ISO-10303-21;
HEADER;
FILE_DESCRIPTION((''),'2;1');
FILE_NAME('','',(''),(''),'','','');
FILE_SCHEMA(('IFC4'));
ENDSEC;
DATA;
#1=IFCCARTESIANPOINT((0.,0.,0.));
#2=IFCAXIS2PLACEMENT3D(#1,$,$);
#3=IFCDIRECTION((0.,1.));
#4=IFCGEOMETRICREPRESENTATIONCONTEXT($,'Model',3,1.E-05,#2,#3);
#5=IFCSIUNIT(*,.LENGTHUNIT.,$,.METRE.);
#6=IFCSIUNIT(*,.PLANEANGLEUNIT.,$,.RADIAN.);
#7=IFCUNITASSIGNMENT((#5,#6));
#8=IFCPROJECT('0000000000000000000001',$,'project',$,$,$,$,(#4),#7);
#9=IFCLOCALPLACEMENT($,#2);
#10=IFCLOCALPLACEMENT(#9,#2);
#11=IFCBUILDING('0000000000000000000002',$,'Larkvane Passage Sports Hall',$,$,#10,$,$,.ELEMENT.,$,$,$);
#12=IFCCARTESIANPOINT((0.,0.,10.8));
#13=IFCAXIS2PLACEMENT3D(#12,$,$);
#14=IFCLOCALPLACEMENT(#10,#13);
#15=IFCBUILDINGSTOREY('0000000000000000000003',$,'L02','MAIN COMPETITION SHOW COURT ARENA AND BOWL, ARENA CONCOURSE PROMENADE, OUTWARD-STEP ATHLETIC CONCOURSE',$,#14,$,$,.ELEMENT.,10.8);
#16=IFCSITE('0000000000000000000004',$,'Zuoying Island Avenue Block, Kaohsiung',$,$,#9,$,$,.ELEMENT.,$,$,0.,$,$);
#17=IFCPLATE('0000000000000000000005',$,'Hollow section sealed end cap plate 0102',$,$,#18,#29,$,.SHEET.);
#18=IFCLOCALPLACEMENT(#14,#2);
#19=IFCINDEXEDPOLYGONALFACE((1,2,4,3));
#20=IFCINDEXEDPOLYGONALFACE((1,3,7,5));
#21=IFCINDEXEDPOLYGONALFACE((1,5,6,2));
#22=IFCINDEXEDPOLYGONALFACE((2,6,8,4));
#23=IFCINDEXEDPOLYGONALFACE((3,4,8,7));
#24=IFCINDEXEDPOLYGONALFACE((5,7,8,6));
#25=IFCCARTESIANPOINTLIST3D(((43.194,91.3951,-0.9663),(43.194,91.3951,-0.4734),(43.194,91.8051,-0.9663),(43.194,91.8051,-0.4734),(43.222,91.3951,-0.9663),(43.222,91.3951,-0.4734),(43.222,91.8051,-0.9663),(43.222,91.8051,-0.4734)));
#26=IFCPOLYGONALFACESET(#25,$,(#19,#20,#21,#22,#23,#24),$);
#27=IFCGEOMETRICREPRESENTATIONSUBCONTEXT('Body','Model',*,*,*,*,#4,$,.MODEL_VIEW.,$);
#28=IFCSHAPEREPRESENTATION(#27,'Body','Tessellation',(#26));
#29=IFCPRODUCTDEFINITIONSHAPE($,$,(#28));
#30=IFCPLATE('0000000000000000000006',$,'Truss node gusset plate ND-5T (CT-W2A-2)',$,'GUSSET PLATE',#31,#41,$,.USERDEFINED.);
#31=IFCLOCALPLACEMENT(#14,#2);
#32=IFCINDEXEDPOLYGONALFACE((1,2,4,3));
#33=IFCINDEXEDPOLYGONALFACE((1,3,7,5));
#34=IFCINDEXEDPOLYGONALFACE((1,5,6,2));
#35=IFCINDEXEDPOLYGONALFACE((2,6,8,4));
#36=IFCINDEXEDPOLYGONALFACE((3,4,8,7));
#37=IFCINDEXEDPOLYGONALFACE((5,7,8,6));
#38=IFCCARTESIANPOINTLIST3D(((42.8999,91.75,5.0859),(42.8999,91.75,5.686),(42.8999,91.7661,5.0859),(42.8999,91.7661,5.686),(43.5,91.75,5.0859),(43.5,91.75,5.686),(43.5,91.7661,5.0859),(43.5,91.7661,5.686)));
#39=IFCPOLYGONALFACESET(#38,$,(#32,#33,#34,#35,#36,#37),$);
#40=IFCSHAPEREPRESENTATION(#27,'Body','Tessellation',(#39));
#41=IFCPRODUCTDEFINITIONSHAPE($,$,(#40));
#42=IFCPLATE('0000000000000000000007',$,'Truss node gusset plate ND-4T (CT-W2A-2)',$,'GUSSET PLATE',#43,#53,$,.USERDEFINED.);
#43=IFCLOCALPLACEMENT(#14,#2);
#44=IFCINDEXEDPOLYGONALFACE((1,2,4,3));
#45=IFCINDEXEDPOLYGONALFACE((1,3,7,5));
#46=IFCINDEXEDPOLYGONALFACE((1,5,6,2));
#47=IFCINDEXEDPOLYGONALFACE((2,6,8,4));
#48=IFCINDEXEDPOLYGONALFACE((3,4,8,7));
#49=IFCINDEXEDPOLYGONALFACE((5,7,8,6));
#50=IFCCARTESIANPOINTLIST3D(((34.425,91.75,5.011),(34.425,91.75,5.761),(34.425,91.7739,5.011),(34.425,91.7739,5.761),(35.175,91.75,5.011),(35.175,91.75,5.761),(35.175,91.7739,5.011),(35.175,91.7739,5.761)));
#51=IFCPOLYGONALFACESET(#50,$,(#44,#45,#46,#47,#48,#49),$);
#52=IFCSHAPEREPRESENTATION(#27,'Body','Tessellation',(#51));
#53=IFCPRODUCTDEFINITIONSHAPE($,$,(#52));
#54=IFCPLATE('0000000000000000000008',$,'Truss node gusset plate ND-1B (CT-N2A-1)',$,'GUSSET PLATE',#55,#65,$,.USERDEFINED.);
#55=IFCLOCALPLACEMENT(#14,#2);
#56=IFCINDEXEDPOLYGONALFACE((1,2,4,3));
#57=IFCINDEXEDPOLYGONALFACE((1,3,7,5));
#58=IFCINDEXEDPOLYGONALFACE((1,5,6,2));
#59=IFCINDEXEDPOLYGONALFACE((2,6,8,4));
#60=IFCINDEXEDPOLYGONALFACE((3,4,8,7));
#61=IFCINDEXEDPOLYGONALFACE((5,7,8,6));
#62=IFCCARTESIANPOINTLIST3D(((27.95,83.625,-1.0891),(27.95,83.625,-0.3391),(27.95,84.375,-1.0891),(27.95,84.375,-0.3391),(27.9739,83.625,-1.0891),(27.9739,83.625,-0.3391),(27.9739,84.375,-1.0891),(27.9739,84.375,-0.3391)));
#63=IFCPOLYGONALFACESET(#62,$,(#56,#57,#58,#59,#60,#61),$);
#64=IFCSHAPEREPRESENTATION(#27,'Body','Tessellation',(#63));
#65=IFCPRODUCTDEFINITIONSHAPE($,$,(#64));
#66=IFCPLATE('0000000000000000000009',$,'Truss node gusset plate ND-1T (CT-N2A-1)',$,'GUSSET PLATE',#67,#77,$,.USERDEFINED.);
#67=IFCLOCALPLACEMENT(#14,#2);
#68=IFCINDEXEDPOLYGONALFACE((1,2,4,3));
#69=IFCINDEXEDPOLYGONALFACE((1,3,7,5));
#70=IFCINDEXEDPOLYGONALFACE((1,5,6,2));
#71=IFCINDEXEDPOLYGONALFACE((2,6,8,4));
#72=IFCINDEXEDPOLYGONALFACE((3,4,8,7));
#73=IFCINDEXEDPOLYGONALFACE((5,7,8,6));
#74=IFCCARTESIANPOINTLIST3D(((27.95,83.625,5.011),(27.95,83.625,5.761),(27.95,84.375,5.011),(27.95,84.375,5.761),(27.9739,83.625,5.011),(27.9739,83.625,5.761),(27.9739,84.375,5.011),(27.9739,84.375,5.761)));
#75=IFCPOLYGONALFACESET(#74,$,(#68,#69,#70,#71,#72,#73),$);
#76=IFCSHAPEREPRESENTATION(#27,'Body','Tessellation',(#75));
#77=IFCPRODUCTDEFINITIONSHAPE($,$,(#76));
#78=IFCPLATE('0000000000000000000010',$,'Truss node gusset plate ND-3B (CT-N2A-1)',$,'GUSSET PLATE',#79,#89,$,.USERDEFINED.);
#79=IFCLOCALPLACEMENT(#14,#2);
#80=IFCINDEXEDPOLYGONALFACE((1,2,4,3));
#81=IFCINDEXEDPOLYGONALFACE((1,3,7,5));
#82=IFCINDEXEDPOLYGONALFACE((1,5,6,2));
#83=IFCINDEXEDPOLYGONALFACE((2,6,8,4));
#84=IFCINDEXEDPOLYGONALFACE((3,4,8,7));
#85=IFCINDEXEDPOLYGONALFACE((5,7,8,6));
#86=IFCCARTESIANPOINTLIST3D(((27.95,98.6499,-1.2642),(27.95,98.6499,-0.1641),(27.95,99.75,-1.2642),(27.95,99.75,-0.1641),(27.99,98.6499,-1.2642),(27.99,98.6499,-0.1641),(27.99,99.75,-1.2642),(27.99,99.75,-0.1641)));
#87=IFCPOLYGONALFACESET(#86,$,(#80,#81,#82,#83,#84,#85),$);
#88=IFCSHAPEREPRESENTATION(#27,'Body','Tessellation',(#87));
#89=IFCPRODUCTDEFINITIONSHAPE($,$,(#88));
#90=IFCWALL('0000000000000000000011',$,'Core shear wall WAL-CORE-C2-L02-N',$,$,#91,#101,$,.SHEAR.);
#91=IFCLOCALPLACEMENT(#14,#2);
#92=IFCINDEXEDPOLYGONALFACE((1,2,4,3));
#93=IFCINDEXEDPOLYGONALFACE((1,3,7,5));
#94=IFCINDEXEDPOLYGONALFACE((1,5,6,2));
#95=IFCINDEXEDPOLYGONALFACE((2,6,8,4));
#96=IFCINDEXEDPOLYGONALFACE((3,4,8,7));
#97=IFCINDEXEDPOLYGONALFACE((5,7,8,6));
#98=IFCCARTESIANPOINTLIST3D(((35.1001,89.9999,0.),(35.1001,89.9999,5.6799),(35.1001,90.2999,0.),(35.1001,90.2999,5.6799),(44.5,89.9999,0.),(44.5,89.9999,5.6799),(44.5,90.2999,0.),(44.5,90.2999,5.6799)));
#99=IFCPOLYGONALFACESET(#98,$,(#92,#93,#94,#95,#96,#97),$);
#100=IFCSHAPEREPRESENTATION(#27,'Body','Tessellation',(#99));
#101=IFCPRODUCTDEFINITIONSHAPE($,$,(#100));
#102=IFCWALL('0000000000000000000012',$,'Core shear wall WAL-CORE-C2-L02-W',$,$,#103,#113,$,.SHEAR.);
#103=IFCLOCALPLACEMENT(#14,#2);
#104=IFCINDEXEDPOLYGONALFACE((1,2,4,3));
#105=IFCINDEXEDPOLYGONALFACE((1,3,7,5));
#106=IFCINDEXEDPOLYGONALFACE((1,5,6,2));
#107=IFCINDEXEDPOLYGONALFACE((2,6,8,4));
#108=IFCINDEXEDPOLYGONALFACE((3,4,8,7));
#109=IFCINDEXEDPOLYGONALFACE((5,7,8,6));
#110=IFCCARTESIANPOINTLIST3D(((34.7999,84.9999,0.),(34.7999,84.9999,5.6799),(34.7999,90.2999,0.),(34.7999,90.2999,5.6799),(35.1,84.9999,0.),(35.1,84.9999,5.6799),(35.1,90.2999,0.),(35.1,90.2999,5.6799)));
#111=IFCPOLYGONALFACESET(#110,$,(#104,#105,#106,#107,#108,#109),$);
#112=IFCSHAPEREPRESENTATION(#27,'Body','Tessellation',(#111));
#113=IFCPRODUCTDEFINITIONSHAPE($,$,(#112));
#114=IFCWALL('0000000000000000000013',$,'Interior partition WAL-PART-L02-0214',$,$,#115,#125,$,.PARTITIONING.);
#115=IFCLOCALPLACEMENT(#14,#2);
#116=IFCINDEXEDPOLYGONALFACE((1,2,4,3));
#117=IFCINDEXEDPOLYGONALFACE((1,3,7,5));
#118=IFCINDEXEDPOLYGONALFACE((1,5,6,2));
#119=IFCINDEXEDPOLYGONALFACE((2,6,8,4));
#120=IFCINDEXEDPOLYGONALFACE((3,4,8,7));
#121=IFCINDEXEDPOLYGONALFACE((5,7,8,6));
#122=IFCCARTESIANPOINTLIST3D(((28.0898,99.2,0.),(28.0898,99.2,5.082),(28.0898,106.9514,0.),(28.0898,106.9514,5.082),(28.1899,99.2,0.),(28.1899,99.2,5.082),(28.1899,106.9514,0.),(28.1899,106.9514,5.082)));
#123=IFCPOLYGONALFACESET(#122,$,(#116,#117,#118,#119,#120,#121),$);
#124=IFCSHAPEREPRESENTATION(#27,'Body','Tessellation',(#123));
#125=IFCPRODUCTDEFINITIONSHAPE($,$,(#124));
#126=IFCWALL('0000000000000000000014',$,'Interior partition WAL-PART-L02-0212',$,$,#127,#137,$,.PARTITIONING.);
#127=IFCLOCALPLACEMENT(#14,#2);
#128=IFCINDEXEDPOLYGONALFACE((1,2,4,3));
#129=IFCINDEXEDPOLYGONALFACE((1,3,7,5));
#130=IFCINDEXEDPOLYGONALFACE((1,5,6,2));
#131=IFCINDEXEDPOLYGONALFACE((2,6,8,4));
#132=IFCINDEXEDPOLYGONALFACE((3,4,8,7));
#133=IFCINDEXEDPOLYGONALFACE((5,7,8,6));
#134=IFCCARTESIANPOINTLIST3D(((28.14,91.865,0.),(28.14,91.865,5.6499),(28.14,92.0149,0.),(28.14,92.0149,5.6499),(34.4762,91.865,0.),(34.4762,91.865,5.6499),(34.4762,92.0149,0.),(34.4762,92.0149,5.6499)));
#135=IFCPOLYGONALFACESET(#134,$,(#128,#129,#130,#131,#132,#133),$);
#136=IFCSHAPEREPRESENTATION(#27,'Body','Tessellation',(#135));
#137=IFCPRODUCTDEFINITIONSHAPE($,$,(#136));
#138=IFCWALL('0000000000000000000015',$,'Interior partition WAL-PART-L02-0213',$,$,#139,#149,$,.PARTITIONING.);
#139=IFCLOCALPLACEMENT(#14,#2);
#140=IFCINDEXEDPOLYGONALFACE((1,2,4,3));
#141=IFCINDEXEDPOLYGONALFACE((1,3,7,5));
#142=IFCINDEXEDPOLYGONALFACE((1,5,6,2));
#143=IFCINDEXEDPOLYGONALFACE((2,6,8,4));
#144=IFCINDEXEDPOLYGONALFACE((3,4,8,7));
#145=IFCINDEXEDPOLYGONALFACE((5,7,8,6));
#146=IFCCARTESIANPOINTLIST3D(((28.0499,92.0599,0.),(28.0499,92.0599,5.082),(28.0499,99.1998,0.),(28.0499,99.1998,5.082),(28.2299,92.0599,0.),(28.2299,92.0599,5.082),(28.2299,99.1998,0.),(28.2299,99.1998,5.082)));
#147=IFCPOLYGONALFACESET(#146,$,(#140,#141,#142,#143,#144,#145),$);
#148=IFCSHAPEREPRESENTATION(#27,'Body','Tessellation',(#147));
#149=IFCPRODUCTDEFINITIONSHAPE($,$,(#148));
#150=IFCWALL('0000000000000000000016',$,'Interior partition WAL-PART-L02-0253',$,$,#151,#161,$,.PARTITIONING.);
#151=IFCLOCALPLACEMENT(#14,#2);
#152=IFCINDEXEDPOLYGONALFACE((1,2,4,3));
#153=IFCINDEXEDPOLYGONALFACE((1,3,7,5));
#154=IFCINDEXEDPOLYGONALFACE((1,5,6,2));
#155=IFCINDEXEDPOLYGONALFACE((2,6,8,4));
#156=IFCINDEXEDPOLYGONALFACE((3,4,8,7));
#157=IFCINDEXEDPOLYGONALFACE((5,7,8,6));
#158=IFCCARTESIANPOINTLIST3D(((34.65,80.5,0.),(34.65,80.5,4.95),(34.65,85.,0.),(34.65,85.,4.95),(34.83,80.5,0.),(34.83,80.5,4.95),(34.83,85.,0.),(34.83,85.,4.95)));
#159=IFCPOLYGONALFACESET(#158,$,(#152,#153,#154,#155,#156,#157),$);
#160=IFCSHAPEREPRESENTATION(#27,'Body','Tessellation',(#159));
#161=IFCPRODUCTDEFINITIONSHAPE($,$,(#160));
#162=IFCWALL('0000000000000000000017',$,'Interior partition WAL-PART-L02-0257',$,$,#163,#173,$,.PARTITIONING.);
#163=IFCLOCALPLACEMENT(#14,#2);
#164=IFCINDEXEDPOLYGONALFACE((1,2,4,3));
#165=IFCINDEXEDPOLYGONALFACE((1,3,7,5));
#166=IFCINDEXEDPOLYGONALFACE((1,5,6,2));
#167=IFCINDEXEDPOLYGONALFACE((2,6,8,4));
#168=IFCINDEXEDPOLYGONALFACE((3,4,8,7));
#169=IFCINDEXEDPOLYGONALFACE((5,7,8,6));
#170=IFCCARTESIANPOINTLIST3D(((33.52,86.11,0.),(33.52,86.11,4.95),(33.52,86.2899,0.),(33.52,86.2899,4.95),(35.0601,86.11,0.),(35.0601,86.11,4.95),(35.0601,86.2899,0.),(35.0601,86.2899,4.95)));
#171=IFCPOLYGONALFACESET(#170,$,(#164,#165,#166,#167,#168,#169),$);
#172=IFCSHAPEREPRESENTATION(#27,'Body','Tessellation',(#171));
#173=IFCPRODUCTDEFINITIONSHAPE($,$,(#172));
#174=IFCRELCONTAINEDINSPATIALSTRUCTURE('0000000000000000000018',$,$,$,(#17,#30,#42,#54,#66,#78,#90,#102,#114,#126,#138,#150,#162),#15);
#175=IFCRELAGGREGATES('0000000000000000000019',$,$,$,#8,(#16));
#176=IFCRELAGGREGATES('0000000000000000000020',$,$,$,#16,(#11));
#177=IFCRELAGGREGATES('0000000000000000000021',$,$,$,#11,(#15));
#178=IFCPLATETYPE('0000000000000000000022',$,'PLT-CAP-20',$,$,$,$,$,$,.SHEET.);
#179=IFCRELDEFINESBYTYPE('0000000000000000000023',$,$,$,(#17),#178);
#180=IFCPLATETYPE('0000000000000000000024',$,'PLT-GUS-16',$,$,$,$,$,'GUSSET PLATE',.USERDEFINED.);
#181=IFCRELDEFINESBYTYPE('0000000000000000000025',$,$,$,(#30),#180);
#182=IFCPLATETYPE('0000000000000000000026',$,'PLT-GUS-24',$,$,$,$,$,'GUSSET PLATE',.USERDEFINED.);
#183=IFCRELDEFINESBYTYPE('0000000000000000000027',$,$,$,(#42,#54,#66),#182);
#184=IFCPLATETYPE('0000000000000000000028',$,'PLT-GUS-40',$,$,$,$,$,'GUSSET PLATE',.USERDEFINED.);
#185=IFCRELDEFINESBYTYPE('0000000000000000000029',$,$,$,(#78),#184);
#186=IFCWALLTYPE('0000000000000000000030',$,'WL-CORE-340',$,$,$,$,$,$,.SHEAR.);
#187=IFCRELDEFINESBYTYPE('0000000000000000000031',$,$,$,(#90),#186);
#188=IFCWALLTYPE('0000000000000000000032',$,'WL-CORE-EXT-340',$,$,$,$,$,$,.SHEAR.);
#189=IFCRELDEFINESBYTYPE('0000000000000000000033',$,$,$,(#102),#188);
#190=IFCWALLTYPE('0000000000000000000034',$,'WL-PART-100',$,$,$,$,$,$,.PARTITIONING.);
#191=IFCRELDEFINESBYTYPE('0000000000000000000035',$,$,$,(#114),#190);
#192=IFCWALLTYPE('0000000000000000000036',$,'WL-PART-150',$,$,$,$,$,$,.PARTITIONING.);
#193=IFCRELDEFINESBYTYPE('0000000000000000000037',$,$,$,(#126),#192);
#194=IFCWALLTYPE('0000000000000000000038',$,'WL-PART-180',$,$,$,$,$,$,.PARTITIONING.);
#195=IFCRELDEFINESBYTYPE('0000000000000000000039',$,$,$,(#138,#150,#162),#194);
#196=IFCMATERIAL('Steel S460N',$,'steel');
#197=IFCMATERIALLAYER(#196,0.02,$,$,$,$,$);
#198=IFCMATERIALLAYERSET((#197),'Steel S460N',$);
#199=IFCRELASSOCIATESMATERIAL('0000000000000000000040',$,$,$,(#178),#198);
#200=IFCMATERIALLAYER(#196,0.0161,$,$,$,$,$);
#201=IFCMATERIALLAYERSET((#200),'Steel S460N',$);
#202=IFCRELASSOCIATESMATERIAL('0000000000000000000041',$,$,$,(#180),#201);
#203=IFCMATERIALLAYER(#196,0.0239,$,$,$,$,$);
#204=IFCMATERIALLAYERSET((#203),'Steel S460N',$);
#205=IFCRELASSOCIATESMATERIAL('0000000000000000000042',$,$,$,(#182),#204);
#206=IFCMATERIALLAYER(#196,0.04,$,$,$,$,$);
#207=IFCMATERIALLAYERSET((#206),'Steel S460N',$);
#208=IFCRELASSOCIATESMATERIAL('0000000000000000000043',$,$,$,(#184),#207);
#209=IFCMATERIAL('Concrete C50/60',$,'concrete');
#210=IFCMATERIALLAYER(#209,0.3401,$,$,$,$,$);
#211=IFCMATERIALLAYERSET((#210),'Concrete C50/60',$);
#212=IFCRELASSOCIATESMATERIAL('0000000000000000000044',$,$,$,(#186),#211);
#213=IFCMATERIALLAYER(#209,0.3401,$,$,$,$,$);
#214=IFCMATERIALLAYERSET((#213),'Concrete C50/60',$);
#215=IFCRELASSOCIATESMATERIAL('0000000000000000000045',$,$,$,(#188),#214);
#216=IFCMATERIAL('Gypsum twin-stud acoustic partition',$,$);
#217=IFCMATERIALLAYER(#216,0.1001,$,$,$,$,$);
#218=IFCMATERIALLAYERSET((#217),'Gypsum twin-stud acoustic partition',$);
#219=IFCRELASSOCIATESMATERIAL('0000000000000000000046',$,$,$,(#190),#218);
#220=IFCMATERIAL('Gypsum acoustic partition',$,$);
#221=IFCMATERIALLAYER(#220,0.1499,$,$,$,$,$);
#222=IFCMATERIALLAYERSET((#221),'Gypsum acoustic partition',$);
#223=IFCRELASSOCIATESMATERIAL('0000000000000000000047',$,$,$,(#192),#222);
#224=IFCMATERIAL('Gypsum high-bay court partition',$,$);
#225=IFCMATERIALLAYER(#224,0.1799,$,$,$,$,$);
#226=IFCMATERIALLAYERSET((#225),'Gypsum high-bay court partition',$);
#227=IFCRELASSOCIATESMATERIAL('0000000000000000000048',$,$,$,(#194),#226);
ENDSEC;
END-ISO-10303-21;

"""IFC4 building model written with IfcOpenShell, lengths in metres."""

from ifc_helpers import new_model, si_unit, direction, frame, frame_2d, origin, origin_2d, place, context, subcontext, project, spatial, rectangle, extrude, material, layer, layer_set, type_object, element, save


model = new_model("IFC4")

# Units and contexts
model_context = context("Model", 3, precision=1e-05, world=origin(), true_north=direction((0.0, 1.0)))
body_context = subcontext(model_context, "Body", "Model", "MODEL_VIEW")
ifc_project = project(units=[si_unit("LENGTHUNIT", "METRE"), si_unit("PLANEANGLEUNIT", "RADIAN")], contexts=[model_context])

# Site, building, storey
site_placement = place(None, origin())
site = spatial("IfcSite", under=ifc_project, at=site_placement, Name="Zuoying Island Avenue Block, Kaohsiung", CompositionType="ELEMENT", RefElevation=0.0)
building_placement = place(site_placement, origin())
building = spatial("IfcBuilding", under=site, at=building_placement, Name="Larkvane Passage Sports Hall", CompositionType="ELEMENT")
storey_placement = place(building_placement, frame((0.0, 0.0, 10.8)))
storey = spatial("IfcBuildingStorey", under=building, at=storey_placement, Name="L02", Description="MAIN COMPETITION SHOW COURT ARENA AND BOWL, ARENA CONCOURSE PROMENADE, OUTWARD-STEP ATHLETIC CONCOURSE", CompositionType="ELEMENT", Elevation=10.8)

# Shared definitions
ifc_material_1 = material(Name="Steel S460N", Category="steel")

# Plates
ifc_layer_1 = layer(ifc_material_1, 0.02)
ifc_layer_set_1 = layer_set([ifc_layer_1], Name="Steel S460N")
plate_type_1 = type_object("IfcPlateType", Name="PLT-CAP-20", PredefinedType="SHEET", material=ifc_layer_set_1)
plate_1_placement = place(storey_placement, frame((43.208, 91.6001, -0.9663), z_axis=(0.0, 0.0, 1.0), x_axis=(0.0, 1.0, 0.0)))
element("IfcPlate", 1, at=plate_1_placement, inside=storey, type_object=plate_type_1, Name="Hollow section sealed end cap plate 0102", PredefinedType="SHEET", context=body_context, shape_type="SweptSolid", body=[
    extrude(rectangle(XDim=0.4099, YDim=0.0281, at=origin_2d()), origin(), (0.0, 0.0, 1.0), 0.4929),
])
ifc_layer_2 = layer(ifc_material_1, 0.0161)
ifc_layer_set_2 = layer_set([ifc_layer_2], Name="Steel S460N")
plate_type_2 = type_object("IfcPlateType", Name="PLT-GUS-16", ElementType="GUSSET PLATE", PredefinedType="USERDEFINED", material=ifc_layer_set_2)
plate_2_placement = place(storey_placement, frame((43.2, 91.7581, 5.0859), z_axis=(0.0, 0.0, 1.0), x_axis=(1.0, 0.0, 0.0)))
element("IfcPlate", 2, at=plate_2_placement, inside=storey, type_object=plate_type_2, Name="Truss node gusset plate ND-5T (CT-W2A-2)", ObjectType="GUSSET PLATE", PredefinedType="USERDEFINED", context=body_context, shape_type="SweptSolid", body=[
    extrude(rectangle(XDim=0.6001, YDim=0.0161, at=origin_2d()), origin(), (0.0, 0.0, 1.0), 0.6001),
])
ifc_layer_3 = layer(ifc_material_1, 0.0239)
ifc_layer_set_3 = layer_set([ifc_layer_3], Name="Steel S460N")
plate_type_3 = type_object("IfcPlateType", Name="PLT-GUS-24", ElementType="GUSSET PLATE", PredefinedType="USERDEFINED", material=ifc_layer_set_3)
for number, where, z_axis, x_axis, name in (
    (3, (34.8, 91.762, 5.011), (0.0, 0.0, 1.0), (1.0, 0.0, 0.0), "Truss node gusset plate ND-4T (CT-W2A-2)"),
    (4, (27.9619, 84.0, -1.0891), (0.0, 0.0, 1.0), (0.0, 1.0, 0.0), "Truss node gusset plate ND-1B (CT-N2A-1)"),
    (5, (27.9619, 84.0, 5.011), (0.0, 0.0, 1.0), (0.0, 1.0, 0.0), "Truss node gusset plate ND-1T (CT-N2A-1)"),
):
    element("IfcPlate", number, at=place(storey_placement, frame(where, z_axis=z_axis, x_axis=x_axis)), inside=storey, type_object=plate_type_3, Name=name, ObjectType="GUSSET PLATE", PredefinedType="USERDEFINED", context=body_context, shape_type="SweptSolid", body=[
        extrude(rectangle(XDim=0.75, YDim=0.0239, at=origin_2d()), origin(), (0.0, 0.0, 1.0), 0.75),
    ])
ifc_layer_4 = layer(ifc_material_1, 0.04)
ifc_layer_set_4 = layer_set([ifc_layer_4], Name="Steel S460N")
plate_type_4 = type_object("IfcPlateType", Name="PLT-GUS-40", ElementType="GUSSET PLATE", PredefinedType="USERDEFINED", material=ifc_layer_set_4)
plate_3_placement = place(storey_placement, frame((27.97, 99.2, -1.2642), z_axis=(0.0, 0.0, 1.0), x_axis=(0.0, 1.0, 0.0)))
element("IfcPlate", 6, at=plate_3_placement, inside=storey, type_object=plate_type_4, Name="Truss node gusset plate ND-3B (CT-N2A-1)", ObjectType="GUSSET PLATE", PredefinedType="USERDEFINED", context=body_context, shape_type="SweptSolid", body=[
    extrude(rectangle(XDim=1.1001, YDim=0.04, at=origin_2d()), origin(), (0.0, 0.0, 1.0), 1.1001),
])

# Walls
ifc_material_2 = material(Name="Concrete C50/60", Category="concrete")
ifc_layer_5 = layer(ifc_material_2, 0.3401)
ifc_layer_set_5 = layer_set([ifc_layer_5], Name="Concrete C50/60")
wall_type_1 = type_object("IfcWallType", Name="WL-CORE-340", PredefinedType="SHEAR", material=ifc_layer_set_5)
wall_1_placement = place(storey_placement, frame((35.1001, 90.1499, 0.0), z_axis=(0.0, 0.0, 1.0), x_axis=(1.0, 0.0, 0.0)))
element("IfcWall", 7, at=wall_1_placement, inside=storey, type_object=wall_type_1, Name="Core shear wall WAL-CORE-C2-L02-N", PredefinedType="SHEAR", context=body_context, shape_type="SweptSolid", body=[
    extrude(rectangle(XDim=9.3999, YDim=0.3, at=frame_2d((4.7, 0.0))), origin(), (0.0, 0.0, 1.0), 5.6799),
])
ifc_layer_6 = layer(ifc_material_2, 0.3401)
ifc_layer_set_6 = layer_set([ifc_layer_6], Name="Concrete C50/60")
wall_type_2 = type_object("IfcWallType", Name="WL-CORE-EXT-340", PredefinedType="SHEAR", material=ifc_layer_set_6)
wall_2_placement = place(storey_placement, frame((34.95, 85.0, 0.0), z_axis=(0.0, 0.0, 1.0), x_axis=(0.0, 1.0, 0.0)))
element("IfcWall", 8, at=wall_2_placement, inside=storey, type_object=wall_type_2, Name="Core shear wall WAL-CORE-C2-L02-W", PredefinedType="SHEAR", context=body_context, shape_type="SweptSolid", body=[
    extrude(rectangle(XDim=5.3, YDim=0.3, at=frame_2d((2.6499, 0.0))), origin(), (0.0, 0.0, 1.0), 5.6799),
])
ifc_material_3 = material(Name="Gypsum twin-stud acoustic partition")
ifc_layer_7 = layer(ifc_material_3, 0.1001)
ifc_layer_set_7 = layer_set([ifc_layer_7], Name="Gypsum twin-stud acoustic partition")
wall_type_3 = type_object("IfcWallType", Name="WL-PART-100", PredefinedType="PARTITIONING", material=ifc_layer_set_7)
wall_3_placement = place(storey_placement, frame((28.1399, 99.2, 0.0), z_axis=(0.0, 0.0, 1.0), x_axis=(0.0, 1.0, 0.0)))
element("IfcWall", 9, at=wall_3_placement, inside=storey, type_object=wall_type_3, Name="Interior partition WAL-PART-L02-0214", PredefinedType="PARTITIONING", context=body_context, shape_type="SweptSolid", body=[
    extrude(rectangle(XDim=7.7515, YDim=0.1001, at=frame_2d((3.8757, 0.0))), origin(), (0.0, 0.0, 1.0), 5.082),
])
ifc_material_4 = material(Name="Gypsum acoustic partition")
ifc_layer_8 = layer(ifc_material_4, 0.1499)
ifc_layer_set_8 = layer_set([ifc_layer_8], Name="Gypsum acoustic partition")
wall_type_4 = type_object("IfcWallType", Name="WL-PART-150", PredefinedType="PARTITIONING", material=ifc_layer_set_8)
wall_4_placement = place(storey_placement, frame((34.4761, 91.9399, 0.0), z_axis=(0.0, 0.0, 1.0), x_axis=(-1.0, 0.0, 0.0)))
element("IfcWall", 10, at=wall_4_placement, inside=storey, type_object=wall_type_4, Name="Interior partition WAL-PART-L02-0212", PredefinedType="PARTITIONING", context=body_context, shape_type="SweptSolid", body=[
    extrude(rectangle(XDim=6.3362, YDim=0.1499, at=frame_2d((3.168, 0.0))), origin(), (0.0, 0.0, 1.0), 5.6499),
])
ifc_material_5 = material(Name="Gypsum high-bay court partition")
ifc_layer_9 = layer(ifc_material_5, 0.1799)
ifc_layer_set_9 = layer_set([ifc_layer_9], Name="Gypsum high-bay court partition")
wall_type_5 = type_object("IfcWallType", Name="WL-PART-180", PredefinedType="PARTITIONING", material=ifc_layer_set_9)
wall_5_placement = place(storey_placement, frame((28.1399, 92.0601, 0.0), z_axis=(0.0, 0.0, 1.0), x_axis=(0.0, 1.0, 0.0)))
element("IfcWall", 11, at=wall_5_placement, inside=storey, type_object=wall_type_5, Name="Interior partition WAL-PART-L02-0213", PredefinedType="PARTITIONING", context=body_context, shape_type="SweptSolid", body=[
    extrude(rectangle(XDim=7.1399, YDim=0.1799, at=frame_2d((3.5698, 0.0))), origin(), (0.0, 0.0, 1.0), 5.082),
])
wall_6_placement = place(storey_placement, frame((34.74, 85.0, 0.0), z_axis=(0.0, 0.0, 1.0), x_axis=(0.0, -1.0, 0.0)))
element("IfcWall", 12, at=wall_6_placement, inside=storey, type_object=wall_type_5, Name="Interior partition WAL-PART-L02-0253", PredefinedType="PARTITIONING", context=body_context, shape_type="SweptSolid", body=[
    extrude(rectangle(XDim=4.5, YDim=0.1799, at=frame_2d((2.25, 0.0))), origin(), (0.0, 0.0, 1.0), 4.95),
])
wall_7_placement = place(storey_placement, frame((33.52, 86.2, 0.0), z_axis=(0.0, 0.0, 1.0), x_axis=(1.0, 0.0, 0.0)))
element("IfcWall", 13, at=wall_7_placement, inside=storey, type_object=wall_type_5, Name="Interior partition WAL-PART-L02-0257", PredefinedType="PARTITIONING", context=body_context, shape_type="SweptSolid", body=[
    extrude(rectangle(XDim=1.54, YDim=0.1799, at=frame_2d((0.77, 0.0))), origin(), (0.0, 0.0, 1.0), 4.95),
])

save(model, "model.ifc")
